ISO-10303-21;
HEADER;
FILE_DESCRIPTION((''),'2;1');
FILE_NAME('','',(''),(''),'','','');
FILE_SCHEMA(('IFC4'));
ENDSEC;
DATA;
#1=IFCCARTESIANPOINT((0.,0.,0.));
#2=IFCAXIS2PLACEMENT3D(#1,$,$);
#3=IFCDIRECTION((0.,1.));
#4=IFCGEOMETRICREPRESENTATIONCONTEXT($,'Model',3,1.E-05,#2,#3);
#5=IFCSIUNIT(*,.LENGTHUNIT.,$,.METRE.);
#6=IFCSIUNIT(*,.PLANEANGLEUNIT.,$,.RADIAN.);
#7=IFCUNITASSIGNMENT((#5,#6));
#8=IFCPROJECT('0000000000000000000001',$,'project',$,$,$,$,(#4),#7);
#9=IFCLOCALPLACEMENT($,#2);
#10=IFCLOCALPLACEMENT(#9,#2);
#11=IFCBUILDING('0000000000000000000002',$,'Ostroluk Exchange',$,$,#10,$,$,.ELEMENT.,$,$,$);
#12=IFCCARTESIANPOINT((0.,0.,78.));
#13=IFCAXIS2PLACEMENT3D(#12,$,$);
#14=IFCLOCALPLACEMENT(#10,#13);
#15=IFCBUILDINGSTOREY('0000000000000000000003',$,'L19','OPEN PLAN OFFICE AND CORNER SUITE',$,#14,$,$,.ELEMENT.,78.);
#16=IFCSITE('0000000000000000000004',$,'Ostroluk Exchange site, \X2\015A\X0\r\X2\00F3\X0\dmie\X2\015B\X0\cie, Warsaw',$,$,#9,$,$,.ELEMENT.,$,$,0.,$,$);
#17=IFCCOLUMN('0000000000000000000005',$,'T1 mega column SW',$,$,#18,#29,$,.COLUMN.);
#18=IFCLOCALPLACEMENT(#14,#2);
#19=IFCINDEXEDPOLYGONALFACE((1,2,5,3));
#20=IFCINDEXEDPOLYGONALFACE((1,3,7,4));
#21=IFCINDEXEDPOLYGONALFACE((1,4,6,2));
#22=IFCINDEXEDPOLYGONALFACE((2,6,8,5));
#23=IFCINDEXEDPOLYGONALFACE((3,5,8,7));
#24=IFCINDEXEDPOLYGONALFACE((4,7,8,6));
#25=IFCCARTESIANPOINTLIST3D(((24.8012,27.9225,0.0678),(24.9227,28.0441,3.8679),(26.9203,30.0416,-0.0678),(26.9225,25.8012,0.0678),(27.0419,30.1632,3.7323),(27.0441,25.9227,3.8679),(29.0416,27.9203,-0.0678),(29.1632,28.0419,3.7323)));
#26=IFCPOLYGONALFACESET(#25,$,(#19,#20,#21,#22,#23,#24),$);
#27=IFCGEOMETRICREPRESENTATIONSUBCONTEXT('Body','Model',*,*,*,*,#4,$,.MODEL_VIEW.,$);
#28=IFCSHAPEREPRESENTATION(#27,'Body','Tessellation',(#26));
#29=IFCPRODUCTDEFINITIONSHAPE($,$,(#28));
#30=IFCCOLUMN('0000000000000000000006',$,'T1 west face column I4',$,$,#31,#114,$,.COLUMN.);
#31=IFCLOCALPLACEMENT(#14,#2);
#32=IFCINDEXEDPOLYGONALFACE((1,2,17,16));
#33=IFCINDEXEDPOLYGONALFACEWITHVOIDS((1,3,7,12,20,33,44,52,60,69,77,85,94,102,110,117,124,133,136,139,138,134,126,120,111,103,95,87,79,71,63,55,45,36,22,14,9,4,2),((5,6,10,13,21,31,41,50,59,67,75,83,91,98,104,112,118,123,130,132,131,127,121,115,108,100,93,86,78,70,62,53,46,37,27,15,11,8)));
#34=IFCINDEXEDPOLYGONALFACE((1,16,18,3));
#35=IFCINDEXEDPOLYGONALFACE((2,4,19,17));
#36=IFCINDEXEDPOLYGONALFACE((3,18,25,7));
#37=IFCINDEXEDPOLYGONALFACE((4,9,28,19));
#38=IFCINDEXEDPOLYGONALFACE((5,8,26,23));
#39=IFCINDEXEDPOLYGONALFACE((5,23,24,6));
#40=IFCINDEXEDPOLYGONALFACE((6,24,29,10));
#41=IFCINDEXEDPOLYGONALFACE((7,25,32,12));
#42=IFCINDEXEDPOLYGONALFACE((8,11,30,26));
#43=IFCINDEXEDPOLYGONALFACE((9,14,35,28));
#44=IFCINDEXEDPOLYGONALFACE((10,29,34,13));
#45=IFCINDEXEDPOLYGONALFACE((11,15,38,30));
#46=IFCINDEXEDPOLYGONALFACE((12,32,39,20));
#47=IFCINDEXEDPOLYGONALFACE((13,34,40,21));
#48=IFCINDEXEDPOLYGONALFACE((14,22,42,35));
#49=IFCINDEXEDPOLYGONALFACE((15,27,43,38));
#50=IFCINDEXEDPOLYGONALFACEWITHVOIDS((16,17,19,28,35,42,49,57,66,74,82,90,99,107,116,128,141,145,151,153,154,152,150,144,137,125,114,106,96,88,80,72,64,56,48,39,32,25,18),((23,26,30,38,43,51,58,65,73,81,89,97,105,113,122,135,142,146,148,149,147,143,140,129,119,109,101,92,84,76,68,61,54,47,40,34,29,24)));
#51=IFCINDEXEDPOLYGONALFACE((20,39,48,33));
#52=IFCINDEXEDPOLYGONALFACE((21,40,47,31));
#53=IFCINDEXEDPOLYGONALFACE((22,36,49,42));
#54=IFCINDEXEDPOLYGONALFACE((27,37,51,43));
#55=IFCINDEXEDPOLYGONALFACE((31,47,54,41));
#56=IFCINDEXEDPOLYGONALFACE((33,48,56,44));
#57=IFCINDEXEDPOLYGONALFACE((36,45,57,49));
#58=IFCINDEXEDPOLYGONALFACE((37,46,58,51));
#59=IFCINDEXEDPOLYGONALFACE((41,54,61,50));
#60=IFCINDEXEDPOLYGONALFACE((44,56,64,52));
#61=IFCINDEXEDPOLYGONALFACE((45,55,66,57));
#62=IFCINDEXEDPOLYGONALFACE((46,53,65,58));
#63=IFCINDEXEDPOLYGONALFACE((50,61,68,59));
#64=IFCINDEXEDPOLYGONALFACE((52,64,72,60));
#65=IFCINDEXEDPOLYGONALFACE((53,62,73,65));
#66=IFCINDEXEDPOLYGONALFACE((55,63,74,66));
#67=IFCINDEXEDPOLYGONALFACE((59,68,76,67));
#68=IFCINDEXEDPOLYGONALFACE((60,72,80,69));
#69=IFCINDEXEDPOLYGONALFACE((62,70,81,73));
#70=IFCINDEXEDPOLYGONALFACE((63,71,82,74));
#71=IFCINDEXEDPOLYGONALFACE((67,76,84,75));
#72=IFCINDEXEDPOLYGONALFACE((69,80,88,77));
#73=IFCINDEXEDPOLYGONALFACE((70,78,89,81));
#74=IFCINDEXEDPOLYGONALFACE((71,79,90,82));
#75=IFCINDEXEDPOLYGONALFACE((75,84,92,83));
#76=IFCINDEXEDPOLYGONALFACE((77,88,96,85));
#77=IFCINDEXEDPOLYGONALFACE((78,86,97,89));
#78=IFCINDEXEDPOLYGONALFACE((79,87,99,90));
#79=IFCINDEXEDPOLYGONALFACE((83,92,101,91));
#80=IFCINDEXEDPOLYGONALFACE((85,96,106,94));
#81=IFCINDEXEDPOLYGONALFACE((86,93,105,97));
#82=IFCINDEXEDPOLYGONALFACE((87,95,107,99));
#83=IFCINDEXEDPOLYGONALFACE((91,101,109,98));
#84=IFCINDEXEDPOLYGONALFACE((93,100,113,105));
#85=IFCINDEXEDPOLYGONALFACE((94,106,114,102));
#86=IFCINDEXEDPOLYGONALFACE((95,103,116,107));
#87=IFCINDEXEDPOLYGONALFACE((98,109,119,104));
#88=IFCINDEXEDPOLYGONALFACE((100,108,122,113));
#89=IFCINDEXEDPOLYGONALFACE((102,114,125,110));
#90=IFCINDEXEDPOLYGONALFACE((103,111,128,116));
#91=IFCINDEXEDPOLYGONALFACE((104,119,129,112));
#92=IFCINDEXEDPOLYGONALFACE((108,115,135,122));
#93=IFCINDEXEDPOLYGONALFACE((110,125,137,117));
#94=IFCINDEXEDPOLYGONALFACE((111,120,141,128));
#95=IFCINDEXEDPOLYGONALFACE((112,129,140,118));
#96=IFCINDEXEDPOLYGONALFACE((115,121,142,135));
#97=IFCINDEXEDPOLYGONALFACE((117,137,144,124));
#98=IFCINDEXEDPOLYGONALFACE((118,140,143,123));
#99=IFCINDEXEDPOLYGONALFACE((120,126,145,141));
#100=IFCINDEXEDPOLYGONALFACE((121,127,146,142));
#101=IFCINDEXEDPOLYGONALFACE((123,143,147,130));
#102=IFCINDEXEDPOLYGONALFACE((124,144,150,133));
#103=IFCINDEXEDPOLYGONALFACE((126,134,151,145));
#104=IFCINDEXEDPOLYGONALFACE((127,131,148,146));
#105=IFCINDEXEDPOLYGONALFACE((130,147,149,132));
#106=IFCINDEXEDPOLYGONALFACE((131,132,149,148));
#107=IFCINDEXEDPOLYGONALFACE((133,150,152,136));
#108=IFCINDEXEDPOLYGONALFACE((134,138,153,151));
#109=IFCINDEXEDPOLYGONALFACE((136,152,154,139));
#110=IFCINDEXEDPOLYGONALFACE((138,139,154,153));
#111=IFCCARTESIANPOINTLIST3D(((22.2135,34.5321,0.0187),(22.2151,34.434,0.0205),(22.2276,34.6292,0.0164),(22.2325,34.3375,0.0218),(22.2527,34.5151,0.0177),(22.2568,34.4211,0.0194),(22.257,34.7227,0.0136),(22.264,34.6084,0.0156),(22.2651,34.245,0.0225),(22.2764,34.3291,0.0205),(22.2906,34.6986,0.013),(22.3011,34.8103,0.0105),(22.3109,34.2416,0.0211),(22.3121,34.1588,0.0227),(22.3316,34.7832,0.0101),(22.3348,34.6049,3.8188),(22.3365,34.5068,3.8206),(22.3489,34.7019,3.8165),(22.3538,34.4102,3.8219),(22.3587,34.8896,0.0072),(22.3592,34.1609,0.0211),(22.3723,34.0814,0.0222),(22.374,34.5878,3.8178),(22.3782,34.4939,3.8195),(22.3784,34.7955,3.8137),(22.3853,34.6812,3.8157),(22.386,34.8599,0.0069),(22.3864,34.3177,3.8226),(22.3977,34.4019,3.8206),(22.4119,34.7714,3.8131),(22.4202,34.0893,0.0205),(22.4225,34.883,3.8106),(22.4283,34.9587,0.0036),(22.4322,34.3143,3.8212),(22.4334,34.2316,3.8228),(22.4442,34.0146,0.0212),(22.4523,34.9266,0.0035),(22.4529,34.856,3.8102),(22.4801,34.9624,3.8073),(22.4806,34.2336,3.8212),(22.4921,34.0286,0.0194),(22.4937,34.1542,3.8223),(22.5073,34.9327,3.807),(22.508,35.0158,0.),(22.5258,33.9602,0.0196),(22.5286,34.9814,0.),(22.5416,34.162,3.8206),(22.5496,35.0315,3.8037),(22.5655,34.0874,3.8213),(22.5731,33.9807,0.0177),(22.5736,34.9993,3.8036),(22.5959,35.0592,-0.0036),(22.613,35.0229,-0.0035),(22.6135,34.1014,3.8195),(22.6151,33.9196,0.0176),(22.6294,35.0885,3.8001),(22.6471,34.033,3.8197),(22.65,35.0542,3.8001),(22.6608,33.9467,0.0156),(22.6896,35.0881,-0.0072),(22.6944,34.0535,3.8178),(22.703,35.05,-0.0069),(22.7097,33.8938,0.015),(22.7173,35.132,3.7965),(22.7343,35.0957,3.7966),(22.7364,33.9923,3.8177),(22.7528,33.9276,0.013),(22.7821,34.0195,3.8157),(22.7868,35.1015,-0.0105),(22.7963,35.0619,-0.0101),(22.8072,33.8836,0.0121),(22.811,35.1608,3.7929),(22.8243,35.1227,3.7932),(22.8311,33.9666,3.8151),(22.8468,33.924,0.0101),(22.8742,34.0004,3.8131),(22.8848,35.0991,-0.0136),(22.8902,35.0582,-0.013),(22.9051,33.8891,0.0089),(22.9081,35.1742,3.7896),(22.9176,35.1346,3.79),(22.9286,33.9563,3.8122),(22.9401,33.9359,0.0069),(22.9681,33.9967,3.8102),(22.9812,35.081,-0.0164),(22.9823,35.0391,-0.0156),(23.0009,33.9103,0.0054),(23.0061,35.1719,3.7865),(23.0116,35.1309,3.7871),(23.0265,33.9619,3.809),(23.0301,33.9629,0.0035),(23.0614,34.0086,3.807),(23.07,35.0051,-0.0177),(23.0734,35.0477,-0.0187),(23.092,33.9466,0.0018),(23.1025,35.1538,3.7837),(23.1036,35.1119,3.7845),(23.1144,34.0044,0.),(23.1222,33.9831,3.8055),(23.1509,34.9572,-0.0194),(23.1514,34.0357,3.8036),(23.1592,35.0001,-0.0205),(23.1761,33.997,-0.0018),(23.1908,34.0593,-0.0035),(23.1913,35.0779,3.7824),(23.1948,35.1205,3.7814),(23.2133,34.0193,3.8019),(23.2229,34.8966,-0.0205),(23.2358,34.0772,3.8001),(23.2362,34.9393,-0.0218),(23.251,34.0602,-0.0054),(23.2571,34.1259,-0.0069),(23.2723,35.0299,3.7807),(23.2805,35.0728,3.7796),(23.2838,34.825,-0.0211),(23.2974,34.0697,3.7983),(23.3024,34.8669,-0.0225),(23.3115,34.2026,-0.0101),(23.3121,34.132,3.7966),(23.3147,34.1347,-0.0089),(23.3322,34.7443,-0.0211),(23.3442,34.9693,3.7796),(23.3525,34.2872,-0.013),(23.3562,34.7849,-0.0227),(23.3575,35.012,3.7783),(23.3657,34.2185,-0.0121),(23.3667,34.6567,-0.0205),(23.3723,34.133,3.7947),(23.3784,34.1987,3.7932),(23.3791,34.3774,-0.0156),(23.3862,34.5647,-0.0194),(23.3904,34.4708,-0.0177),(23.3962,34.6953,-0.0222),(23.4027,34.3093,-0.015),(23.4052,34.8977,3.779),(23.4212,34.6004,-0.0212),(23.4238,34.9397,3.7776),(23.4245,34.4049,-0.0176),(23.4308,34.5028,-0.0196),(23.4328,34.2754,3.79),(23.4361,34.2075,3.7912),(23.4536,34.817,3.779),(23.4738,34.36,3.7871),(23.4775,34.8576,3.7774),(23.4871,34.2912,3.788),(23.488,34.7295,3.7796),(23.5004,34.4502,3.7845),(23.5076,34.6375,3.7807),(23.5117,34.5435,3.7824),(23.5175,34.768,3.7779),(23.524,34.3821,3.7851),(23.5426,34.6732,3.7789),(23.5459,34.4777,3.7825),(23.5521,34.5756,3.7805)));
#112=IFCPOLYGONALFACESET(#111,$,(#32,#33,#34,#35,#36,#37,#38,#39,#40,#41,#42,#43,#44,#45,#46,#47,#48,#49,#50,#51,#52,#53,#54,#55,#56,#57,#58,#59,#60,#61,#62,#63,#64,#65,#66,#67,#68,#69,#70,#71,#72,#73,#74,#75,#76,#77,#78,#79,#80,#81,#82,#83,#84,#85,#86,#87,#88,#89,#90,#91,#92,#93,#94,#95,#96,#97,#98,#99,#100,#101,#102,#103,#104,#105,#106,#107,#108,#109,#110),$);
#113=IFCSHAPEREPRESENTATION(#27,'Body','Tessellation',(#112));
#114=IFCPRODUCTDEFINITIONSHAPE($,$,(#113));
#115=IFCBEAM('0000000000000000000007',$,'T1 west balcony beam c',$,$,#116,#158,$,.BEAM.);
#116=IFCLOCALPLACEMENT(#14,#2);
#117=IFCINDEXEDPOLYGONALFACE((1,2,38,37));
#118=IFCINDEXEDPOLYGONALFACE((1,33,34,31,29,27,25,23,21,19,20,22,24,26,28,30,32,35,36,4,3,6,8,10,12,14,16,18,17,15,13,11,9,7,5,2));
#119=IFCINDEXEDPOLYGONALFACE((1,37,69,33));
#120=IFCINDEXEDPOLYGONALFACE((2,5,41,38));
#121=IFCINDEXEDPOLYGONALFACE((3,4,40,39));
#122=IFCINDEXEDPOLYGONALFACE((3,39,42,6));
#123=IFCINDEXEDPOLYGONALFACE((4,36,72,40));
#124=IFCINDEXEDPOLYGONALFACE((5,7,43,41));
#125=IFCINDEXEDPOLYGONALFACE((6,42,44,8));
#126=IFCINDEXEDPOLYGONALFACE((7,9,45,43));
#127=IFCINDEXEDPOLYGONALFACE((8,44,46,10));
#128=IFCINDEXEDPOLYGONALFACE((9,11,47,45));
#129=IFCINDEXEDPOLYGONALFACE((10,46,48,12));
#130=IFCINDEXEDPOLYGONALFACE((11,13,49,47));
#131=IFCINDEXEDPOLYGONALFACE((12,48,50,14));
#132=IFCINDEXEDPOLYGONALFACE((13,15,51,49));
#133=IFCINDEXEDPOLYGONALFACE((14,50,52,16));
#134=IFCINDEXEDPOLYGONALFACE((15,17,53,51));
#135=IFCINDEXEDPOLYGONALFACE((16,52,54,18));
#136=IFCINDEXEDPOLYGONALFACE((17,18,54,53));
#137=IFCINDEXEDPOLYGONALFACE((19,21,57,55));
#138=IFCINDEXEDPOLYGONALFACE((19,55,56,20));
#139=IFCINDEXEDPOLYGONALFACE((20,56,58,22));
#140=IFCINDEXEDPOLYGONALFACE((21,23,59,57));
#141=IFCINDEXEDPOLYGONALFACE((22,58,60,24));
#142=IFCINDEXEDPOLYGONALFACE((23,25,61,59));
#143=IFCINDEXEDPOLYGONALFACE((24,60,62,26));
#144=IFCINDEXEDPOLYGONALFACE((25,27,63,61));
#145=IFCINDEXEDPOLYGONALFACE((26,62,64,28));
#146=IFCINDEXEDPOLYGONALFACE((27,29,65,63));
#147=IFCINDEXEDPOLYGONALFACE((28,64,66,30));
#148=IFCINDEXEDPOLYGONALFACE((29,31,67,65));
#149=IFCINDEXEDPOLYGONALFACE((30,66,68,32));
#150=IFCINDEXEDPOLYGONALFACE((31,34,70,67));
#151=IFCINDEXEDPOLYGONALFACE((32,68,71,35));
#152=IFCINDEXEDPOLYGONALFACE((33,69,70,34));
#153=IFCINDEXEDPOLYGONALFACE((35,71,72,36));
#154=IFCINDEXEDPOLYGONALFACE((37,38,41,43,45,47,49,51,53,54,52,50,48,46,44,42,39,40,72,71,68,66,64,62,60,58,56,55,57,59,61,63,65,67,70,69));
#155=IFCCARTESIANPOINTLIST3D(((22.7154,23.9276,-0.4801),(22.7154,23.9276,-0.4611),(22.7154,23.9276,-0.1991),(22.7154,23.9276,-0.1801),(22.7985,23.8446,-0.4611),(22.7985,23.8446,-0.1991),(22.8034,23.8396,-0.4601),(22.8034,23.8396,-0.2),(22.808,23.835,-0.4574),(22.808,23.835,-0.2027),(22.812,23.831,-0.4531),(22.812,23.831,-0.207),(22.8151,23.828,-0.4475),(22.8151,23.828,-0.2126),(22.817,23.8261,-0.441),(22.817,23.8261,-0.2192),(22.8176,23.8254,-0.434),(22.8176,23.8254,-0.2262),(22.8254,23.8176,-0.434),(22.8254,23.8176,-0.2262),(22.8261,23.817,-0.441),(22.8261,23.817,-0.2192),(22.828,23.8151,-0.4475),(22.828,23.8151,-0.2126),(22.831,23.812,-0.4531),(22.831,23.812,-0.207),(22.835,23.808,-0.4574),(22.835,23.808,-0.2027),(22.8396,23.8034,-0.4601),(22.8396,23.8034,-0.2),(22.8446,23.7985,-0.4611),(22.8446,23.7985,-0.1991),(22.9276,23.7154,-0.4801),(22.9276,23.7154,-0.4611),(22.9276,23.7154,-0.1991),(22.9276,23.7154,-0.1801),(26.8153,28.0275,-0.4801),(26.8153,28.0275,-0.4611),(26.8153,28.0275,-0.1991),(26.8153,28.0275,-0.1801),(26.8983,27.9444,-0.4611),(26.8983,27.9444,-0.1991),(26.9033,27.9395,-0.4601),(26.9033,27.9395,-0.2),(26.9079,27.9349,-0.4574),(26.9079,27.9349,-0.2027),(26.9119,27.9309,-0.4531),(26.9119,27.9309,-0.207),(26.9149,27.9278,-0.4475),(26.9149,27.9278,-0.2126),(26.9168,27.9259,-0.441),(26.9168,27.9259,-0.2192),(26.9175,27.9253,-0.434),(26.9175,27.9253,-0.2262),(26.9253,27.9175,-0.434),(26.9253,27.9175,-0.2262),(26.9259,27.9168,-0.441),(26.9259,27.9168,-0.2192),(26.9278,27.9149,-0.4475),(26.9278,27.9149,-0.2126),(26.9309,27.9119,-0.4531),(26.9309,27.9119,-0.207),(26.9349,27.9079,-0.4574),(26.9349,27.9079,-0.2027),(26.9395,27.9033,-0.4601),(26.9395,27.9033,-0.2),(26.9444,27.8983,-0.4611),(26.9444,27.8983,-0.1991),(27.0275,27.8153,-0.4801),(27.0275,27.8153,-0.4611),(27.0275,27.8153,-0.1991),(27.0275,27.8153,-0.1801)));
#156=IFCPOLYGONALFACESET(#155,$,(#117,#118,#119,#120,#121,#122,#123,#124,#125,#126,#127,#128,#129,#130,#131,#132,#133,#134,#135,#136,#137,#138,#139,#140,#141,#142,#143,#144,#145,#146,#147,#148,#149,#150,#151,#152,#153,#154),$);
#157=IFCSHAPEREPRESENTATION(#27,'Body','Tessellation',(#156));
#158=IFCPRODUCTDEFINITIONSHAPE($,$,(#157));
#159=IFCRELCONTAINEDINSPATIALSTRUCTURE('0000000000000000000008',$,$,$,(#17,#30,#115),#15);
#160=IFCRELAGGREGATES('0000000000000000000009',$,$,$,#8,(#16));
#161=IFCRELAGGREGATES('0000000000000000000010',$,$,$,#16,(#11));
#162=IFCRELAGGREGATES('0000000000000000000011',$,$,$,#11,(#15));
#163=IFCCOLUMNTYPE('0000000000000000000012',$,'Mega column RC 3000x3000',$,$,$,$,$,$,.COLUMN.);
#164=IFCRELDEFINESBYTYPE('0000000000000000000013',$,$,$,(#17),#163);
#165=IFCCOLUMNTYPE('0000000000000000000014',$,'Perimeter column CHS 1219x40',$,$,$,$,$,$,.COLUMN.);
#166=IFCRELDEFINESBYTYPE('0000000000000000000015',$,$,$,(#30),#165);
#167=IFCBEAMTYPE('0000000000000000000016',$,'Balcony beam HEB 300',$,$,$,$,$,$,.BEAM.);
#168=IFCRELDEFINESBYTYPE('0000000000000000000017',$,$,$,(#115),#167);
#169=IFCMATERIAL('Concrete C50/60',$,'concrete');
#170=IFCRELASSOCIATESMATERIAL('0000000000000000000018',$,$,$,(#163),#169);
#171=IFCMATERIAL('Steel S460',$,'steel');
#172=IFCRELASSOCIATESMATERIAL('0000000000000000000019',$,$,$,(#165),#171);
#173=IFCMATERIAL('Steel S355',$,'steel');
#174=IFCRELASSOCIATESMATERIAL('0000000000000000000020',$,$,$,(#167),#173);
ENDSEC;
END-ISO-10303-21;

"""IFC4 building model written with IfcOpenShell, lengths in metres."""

from ifc_helpers import new_model, si_unit, direction, frame, origin, origin_2d, place, context, subcontext, project, spatial, rectangle, hollow_circle, i_section, extrude, material, material_profile, profile_set, type_object, element, save


model = new_model("IFC4")

# Units and contexts
model_context = context("Model", 3, precision=1e-05, world=origin(), true_north=direction((0.0, 1.0)))
body_context = subcontext(model_context, "Body", "Model", "MODEL_VIEW")
ifc_project = project(units=[si_unit("LENGTHUNIT", "METRE"), si_unit("PLANEANGLEUNIT", "RADIAN")], contexts=[model_context])

# Site, building, storey
site_placement = place(None, origin())
site = spatial("IfcSite", under=ifc_project, at=site_placement, Name="Ostroluk Exchange site, Śródmieście, Warsaw", CompositionType="ELEMENT", RefElevation=0.0)
building_placement = place(site_placement, origin())
building = spatial("IfcBuilding", under=site, at=building_placement, Name="Ostroluk Exchange", CompositionType="ELEMENT")
storey_placement = place(building_placement, frame((0.0, 0.0, 78.0)))
storey = spatial("IfcBuildingStorey", under=building, at=storey_placement, Name="L19", Description="OPEN PLAN OFFICE AND CORNER SUITE", CompositionType="ELEMENT", Elevation=78.0)

# Columns
ifc_material_1 = material(Name="Concrete C50/60", Category="concrete")
ifc_material_profile_1 = material_profile(ifc_material_1, rectangle(XDim=3.0, YDim=3.0, at=origin_2d()), Name="RC 3000x3000")
ifc_profile_set_1 = profile_set([ifc_material_profile_1], Name="Concrete C50/60")
column_type_1 = type_object("IfcColumnType", Name="Mega column RC 3000x3000", PredefinedType="COLUMN", material=ifc_profile_set_1)
column_1_placement = place(storey_placement, frame((26.9214, 27.9214, 0.0), z_axis=(0.031962, 0.031962, 0.998978), x_axis=(-0.707107, 0.707107, 0.0)))
element("IfcColumn", 1, at=column_1_placement, inside=storey, type_object=column_type_1, Name="T1 mega column SW", PredefinedType="COLUMN", context=body_context, shape_type="SweptSolid", body=[
    extrude(rectangle(XDim=3.0, YDim=3.0, at=origin_2d()), origin(), (0.0, 0.0, 1.0), 3.804),
])
ifc_material_2 = material(Name="Steel S460", Category="steel")
ifc_material_profile_2 = material_profile(ifc_material_2, hollow_circle(Radius=0.6096, WallThickness=0.04, at=origin_2d()), Name="CHS 1219x40")
ifc_profile_set_2 = profile_set([ifc_material_profile_2], Name="Steel S460")
column_type_2 = type_object("IfcColumnType", Name="Perimeter column CHS 1219x40", PredefinedType="COLUMN", material=ifc_profile_set_2)
column_2_placement = place(storey_placement, frame((22.8215, 34.4929, 0.0), z_axis=(0.031909, 0.019132, 0.999308), x_axis=(-0.514242, 0.857645, 0.0)))
element("IfcColumn", 2, at=column_2_placement, inside=storey, type_object=column_type_2, Name="T1 west face column I4", PredefinedType="COLUMN", context=body_context, shape_type="SweptSolid", body=[
    extrude(hollow_circle(Radius=0.6096, WallThickness=0.04, at=origin_2d()), origin(), (0.0, 0.0, 1.0), 3.8027),
])

# Beam
ifc_material_3 = material(Name="Steel S355", Category="steel")
ifc_material_profile_3 = material_profile(ifc_material_3, i_section(OverallWidth=0.3, OverallDepth=0.3, WebThickness=0.011, FlangeThickness=0.019, FilletRadius=0.0271, at=origin_2d()), Name="HEB 300")
ifc_profile_set_3 = profile_set([ifc_material_profile_3], Name="Steel S355")
beam_type_1 = type_object("IfcBeamType", Name="Balcony beam HEB 300", PredefinedType="BEAM", material=ifc_profile_set_3)
beam_1_placement = place(storey_placement, frame((26.9214, 27.9214, -0.3301), z_axis=(-0.707107, -0.707107, 0.0), x_axis=(0.707107, -0.707107, 0.0)))
element("IfcBeam", 3, at=beam_1_placement, inside=storey, type_object=beam_type_1, Name="T1 west balcony beam c", PredefinedType="BEAM", context=body_context, shape_type="SweptSolid", body=[
    extrude(i_section(OverallWidth=0.3, OverallDepth=0.3, WebThickness=0.011, FlangeThickness=0.019, FilletRadius=0.0271, at=origin_2d()), origin(), (0.0, 0.0, 1.0), 5.7981),
])

save(model, "model.ifc")
